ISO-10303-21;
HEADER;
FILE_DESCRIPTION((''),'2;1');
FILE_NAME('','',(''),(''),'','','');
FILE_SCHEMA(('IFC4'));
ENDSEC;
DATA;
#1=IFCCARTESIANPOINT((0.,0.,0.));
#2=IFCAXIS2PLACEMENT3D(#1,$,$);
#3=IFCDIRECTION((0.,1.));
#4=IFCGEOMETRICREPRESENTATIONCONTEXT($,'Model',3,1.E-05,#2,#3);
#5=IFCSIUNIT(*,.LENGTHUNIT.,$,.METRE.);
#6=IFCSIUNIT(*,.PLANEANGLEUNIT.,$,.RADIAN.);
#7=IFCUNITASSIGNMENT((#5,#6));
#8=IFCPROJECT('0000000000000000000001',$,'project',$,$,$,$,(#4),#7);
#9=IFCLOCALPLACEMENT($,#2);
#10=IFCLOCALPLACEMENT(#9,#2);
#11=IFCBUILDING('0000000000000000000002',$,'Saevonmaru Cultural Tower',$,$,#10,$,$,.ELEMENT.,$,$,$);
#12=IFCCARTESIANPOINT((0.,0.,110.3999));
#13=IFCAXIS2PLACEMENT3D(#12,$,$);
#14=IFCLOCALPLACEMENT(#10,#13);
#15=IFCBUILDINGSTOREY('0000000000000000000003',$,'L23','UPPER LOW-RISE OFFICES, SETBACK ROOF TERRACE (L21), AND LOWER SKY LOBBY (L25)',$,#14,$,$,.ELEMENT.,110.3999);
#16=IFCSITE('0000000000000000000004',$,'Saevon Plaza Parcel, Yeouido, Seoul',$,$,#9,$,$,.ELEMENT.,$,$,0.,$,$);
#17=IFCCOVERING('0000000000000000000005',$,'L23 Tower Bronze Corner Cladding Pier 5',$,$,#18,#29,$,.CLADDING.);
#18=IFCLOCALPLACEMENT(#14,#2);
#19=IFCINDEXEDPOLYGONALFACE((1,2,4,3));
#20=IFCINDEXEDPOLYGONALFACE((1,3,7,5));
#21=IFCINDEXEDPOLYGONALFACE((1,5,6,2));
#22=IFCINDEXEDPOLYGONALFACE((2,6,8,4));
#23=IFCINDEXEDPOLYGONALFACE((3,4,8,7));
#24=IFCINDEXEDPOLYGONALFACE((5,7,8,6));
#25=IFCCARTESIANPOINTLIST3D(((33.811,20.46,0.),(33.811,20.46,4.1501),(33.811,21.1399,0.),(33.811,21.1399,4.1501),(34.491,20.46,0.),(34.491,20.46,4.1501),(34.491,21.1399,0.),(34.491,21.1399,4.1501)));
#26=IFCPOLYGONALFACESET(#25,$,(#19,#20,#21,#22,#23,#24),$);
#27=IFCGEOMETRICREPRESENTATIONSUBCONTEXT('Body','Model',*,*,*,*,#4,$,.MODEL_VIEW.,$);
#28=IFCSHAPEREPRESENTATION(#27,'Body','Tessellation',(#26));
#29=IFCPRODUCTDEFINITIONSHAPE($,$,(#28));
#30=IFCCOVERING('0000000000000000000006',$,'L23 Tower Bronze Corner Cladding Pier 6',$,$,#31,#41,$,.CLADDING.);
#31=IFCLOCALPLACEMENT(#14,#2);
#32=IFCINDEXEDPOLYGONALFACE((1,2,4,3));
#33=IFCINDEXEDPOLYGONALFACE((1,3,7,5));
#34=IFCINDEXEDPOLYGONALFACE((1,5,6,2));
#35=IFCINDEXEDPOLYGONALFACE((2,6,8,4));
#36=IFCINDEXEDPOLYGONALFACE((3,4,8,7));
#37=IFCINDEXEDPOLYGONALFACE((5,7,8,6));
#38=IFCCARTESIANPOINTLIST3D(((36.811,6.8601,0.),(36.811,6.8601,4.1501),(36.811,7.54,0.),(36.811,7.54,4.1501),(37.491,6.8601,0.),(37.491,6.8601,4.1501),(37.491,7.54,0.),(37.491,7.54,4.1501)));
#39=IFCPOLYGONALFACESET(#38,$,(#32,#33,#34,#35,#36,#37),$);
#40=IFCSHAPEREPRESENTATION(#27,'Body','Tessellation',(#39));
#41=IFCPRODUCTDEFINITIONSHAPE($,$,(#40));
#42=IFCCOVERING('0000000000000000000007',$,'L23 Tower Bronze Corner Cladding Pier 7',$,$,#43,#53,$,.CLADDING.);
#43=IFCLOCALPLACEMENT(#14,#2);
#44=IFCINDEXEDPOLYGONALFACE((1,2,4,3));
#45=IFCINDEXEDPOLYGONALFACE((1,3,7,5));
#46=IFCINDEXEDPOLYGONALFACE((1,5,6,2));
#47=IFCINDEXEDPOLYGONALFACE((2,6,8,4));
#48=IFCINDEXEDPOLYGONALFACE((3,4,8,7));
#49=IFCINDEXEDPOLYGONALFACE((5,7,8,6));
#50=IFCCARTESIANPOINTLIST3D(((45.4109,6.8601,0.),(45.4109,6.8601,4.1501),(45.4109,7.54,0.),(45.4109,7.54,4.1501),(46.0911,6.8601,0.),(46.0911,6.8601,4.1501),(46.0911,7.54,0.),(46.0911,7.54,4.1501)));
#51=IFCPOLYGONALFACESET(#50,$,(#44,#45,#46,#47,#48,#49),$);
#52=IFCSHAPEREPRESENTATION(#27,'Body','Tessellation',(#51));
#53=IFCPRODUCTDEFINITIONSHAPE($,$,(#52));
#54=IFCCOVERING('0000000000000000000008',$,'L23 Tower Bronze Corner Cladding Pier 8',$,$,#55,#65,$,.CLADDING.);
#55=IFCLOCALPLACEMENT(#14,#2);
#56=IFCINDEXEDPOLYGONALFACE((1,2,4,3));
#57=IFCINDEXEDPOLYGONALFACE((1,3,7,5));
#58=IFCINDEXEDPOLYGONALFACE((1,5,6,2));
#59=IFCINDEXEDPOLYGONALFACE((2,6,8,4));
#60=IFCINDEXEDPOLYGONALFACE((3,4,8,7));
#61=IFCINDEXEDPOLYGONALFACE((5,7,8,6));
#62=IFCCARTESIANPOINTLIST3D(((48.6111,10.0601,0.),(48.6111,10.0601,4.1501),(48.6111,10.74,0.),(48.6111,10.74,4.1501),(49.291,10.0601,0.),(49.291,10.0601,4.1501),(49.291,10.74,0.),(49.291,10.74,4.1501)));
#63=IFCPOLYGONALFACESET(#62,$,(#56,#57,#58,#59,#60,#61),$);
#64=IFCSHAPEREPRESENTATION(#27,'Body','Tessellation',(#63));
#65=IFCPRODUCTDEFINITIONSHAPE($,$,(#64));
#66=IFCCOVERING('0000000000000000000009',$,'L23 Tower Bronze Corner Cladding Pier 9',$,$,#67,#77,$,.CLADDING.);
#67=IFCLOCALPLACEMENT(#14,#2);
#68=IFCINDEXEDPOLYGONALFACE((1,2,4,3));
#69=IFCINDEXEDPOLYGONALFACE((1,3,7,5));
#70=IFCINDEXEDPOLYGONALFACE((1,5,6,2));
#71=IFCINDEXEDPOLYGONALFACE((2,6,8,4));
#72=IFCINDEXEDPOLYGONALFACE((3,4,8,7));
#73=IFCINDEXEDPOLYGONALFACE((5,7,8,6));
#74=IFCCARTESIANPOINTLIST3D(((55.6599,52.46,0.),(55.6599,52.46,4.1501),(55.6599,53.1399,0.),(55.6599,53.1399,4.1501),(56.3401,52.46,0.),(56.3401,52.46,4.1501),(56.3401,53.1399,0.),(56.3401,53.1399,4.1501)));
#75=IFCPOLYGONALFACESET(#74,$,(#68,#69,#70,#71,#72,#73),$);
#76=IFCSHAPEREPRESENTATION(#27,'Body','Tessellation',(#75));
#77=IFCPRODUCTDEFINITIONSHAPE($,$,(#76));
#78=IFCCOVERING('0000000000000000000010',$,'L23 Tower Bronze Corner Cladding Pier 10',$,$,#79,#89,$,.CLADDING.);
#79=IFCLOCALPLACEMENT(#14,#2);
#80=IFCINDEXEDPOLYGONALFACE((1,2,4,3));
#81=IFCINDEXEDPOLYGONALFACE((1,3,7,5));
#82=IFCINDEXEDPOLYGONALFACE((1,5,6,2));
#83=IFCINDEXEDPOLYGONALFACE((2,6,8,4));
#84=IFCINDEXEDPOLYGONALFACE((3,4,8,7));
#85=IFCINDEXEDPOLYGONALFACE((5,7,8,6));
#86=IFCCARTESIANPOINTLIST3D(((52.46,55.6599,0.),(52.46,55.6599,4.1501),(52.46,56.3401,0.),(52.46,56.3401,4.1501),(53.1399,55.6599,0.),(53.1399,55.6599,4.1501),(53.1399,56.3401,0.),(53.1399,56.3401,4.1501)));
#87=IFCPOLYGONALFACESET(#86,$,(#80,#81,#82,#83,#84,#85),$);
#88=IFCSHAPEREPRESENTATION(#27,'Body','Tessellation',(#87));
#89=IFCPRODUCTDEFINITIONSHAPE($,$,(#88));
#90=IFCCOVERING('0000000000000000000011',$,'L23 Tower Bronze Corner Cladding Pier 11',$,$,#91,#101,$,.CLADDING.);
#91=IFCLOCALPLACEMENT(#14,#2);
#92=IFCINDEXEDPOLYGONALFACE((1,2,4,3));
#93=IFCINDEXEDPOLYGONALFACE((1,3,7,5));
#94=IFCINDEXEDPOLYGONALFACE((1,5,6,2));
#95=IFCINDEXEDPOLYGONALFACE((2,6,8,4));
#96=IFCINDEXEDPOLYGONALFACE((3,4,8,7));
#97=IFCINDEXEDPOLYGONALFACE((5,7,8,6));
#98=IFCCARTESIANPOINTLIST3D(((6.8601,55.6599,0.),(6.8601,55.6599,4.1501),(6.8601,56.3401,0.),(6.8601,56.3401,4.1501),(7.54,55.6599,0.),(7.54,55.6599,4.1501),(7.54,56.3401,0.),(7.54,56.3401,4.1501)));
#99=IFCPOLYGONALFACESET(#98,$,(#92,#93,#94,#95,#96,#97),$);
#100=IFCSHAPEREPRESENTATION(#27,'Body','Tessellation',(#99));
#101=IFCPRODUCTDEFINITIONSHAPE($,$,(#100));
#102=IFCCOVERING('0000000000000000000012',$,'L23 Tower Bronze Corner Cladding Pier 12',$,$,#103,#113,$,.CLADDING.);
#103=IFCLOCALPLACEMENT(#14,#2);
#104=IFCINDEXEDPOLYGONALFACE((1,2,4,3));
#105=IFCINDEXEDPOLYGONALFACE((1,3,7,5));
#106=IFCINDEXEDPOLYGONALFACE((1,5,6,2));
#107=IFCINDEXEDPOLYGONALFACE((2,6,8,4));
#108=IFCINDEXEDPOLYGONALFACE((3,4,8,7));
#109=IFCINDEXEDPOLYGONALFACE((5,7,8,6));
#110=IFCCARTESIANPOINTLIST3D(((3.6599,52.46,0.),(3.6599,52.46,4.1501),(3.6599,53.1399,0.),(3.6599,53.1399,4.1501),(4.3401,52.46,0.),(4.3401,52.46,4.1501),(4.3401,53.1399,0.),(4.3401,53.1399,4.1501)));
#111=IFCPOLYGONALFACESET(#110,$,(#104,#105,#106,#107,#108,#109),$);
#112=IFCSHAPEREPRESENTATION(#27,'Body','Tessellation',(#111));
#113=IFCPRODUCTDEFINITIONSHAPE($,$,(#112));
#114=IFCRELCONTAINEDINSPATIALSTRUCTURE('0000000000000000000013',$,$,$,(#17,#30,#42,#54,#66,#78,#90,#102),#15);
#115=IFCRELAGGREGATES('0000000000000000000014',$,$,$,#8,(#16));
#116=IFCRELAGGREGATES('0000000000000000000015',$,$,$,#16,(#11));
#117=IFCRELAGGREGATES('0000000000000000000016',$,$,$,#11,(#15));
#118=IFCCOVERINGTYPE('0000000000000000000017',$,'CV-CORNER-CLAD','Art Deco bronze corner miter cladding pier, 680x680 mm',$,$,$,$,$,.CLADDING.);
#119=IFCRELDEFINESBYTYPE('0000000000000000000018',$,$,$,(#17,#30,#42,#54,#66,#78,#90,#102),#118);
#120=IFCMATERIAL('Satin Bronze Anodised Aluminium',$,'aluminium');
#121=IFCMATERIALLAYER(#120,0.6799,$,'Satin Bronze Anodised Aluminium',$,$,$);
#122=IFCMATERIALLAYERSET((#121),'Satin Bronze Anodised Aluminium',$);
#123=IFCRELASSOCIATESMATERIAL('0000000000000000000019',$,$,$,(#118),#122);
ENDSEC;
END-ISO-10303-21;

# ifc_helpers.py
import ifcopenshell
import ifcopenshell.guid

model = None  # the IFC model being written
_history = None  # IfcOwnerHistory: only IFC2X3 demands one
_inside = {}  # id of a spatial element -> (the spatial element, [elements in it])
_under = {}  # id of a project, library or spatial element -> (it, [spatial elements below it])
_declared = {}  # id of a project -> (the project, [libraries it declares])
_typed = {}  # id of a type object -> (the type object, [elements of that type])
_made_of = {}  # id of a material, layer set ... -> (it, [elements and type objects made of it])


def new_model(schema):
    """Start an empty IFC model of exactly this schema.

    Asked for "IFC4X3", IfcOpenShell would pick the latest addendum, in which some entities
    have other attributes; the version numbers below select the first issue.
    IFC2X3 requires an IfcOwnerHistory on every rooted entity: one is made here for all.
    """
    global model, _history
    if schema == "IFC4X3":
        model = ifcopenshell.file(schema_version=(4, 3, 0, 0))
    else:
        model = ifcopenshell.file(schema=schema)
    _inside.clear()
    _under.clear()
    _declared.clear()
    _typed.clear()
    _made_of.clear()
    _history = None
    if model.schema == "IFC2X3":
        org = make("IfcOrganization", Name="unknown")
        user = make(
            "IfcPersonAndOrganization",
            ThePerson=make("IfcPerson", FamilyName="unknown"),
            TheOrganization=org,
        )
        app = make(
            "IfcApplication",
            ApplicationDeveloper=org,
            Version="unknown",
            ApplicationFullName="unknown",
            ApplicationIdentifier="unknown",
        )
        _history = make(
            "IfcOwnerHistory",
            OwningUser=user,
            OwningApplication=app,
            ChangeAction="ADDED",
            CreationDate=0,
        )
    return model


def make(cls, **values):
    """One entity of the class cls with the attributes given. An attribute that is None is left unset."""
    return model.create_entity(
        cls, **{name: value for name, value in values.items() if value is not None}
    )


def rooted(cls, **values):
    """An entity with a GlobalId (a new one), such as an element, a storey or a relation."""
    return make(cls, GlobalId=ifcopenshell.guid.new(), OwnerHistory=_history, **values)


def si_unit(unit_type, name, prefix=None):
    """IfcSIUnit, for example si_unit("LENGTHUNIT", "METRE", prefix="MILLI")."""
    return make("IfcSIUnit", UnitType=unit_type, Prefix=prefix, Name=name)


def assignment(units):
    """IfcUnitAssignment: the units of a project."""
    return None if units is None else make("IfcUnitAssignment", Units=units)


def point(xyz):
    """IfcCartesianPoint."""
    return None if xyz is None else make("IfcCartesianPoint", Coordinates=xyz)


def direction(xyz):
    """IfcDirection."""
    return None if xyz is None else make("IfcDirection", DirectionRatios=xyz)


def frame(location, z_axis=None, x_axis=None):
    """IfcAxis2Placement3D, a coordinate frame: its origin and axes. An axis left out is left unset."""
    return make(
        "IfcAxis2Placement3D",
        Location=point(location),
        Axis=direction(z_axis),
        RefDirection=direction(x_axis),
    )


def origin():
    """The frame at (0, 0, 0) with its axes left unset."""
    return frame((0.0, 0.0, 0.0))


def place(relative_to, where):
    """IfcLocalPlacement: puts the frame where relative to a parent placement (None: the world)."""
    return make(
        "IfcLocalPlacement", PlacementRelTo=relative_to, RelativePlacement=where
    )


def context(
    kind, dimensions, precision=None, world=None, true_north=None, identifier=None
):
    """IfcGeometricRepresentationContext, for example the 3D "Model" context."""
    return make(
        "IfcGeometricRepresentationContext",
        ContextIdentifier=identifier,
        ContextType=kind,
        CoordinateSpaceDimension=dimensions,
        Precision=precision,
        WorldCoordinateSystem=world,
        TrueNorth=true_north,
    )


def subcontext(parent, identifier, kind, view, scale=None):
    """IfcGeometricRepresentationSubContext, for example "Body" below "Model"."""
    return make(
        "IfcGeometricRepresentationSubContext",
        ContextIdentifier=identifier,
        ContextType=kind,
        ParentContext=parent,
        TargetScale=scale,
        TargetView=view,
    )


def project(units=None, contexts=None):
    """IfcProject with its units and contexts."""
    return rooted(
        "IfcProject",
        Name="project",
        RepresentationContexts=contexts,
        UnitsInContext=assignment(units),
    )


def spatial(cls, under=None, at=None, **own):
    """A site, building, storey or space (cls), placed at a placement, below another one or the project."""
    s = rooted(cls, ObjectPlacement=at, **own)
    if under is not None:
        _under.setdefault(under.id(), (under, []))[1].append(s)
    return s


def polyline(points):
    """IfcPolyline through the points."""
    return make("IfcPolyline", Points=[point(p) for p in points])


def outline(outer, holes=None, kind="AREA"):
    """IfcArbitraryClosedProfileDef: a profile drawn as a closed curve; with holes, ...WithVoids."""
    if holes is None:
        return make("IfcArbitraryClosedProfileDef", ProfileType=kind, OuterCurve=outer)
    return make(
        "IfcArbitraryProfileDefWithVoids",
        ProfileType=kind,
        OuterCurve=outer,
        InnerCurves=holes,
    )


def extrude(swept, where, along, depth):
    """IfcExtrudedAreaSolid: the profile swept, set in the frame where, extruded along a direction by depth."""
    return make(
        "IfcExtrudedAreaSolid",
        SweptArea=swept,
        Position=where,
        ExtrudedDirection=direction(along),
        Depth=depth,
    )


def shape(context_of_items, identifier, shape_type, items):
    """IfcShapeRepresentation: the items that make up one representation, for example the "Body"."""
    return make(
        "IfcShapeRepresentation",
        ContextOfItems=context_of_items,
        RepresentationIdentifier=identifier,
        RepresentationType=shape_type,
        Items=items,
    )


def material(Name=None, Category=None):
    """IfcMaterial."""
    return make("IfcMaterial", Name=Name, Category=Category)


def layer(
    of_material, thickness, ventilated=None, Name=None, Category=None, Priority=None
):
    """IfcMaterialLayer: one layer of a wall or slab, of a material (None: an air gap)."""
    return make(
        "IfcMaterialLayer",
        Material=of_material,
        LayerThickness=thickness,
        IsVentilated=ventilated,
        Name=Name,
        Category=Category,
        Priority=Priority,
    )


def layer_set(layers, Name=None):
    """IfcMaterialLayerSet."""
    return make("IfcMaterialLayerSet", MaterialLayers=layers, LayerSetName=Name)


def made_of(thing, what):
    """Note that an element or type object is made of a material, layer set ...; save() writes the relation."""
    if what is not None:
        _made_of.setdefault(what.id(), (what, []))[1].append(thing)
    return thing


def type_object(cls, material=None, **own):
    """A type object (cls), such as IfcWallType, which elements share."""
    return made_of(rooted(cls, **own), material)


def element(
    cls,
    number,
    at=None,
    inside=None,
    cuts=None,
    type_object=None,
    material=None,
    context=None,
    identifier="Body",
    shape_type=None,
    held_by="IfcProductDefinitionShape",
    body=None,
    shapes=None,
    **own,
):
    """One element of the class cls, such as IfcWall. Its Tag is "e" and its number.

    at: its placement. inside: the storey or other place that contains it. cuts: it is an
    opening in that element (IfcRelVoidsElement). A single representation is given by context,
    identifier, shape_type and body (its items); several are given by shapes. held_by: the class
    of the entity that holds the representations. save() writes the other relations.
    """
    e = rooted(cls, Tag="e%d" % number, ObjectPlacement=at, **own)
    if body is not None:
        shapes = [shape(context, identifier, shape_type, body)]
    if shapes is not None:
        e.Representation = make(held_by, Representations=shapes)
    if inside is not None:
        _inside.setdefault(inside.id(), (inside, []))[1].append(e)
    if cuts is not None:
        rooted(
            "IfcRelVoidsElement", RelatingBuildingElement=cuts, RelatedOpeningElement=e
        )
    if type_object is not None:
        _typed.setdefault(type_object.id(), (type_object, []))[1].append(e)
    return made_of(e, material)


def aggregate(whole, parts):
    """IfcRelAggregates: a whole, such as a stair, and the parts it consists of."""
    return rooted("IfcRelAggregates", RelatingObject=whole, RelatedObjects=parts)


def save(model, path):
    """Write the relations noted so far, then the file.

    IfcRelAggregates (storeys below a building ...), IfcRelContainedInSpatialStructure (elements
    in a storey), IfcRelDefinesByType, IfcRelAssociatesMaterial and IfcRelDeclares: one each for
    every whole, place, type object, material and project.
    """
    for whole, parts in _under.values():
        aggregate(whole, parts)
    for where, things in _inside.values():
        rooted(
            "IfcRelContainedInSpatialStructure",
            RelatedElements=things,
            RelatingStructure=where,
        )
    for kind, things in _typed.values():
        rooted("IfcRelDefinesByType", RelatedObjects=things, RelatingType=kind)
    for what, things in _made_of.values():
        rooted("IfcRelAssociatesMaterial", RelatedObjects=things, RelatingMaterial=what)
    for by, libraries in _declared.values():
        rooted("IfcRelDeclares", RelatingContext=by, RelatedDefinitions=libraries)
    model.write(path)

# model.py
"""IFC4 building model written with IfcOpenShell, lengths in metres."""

from ifc_helpers import new_model, si_unit, direction, frame, origin, place, context, subcontext, project, spatial, polyline, outline, extrude, material, layer, layer_set, type_object, element, save


model = new_model("IFC4")

# Units and contexts
model_context = context("Model", 3, precision=1e-05, world=origin(), true_north=direction((0.0, 1.0)))
body_context = subcontext(model_context, "Body", "Model", "MODEL_VIEW")
ifc_project = project(units=[si_unit("LENGTHUNIT", "METRE"), si_unit("PLANEANGLEUNIT", "RADIAN")], contexts=[model_context])

# Site, building, storey
site_placement = place(None, origin())
site = spatial("IfcSite", under=ifc_project, at=site_placement, Name="Saevon Plaza Parcel, Yeouido, Seoul", CompositionType="ELEMENT", RefElevation=0.0)
building_placement = place(site_placement, origin())
building = spatial("IfcBuilding", under=site, at=building_placement, Name="Saevonmaru Cultural Tower", CompositionType="ELEMENT")
storey_placement = place(building_placement, frame((0.0, 0.0, 110.3999)))
storey = spatial("IfcBuildingStorey", under=building, at=storey_placement, Name="L23", Description="UPPER LOW-RISE OFFICES, SETBACK ROOF TERRACE (L21), AND LOWER SKY LOBBY (L25)", CompositionType="ELEMENT", Elevation=110.3999)

# Shared definitions
ifc_material_1 = material(Name="Satin Bronze Anodised Aluminium", Category="aluminium")

# Coverings
ifc_layer_1 = layer(ifc_material_1, 0.6799, Name="Satin Bronze Anodised Aluminium")
ifc_layer_set_1 = layer_set([ifc_layer_1], Name="Satin Bronze Anodised Aluminium")
covering_type = type_object("IfcCoveringType", Name="CV-CORNER-CLAD", Description="Art Deco bronze corner miter cladding pier, 680x680 mm", PredefinedType="CLADDING", material=ifc_layer_set_1)
covering_1_placement = place(storey_placement, origin())
element("IfcCovering", 1, at=covering_1_placement, inside=storey, type_object=covering_type, Name="L23 Tower Bronze Corner Cladding Pier 5", PredefinedType="CLADDING", context=body_context, shape_type="SweptSolid", body=[
    extrude(outline(polyline([(33.811, 20.46), (34.491, 20.46), (34.491, 21.1399), (33.811, 21.1399), (33.811, 20.46)])), origin(), (0.0, 0.0, 1.0), 4.1501),
])
covering_2_placement = place(storey_placement, origin())
element("IfcCovering", 2, at=covering_2_placement, inside=storey, type_object=covering_type, Name="L23 Tower Bronze Corner Cladding Pier 6", PredefinedType="CLADDING", context=body_context, shape_type="SweptSolid", body=[
    extrude(outline(polyline([(36.811, 6.8601), (37.491, 6.8601), (37.491, 7.54), (36.811, 7.54), (36.811, 6.8601)])), origin(), (0.0, 0.0, 1.0), 4.1501),
])
covering_3_placement = place(storey_placement, origin())
element("IfcCovering", 3, at=covering_3_placement, inside=storey, type_object=covering_type, Name="L23 Tower Bronze Corner Cladding Pier 7", PredefinedType="CLADDING", context=body_context, shape_type="SweptSolid", body=[
    extrude(outline(polyline([(45.4109, 6.8601), (46.0911, 6.8601), (46.0911, 7.54), (45.4109, 7.54), (45.4109, 6.8601)])), origin(), (0.0, 0.0, 1.0), 4.1501),
])
covering_4_placement = place(storey_placement, origin())
element("IfcCovering", 4, at=covering_4_placement, inside=storey, type_object=covering_type, Name="L23 Tower Bronze Corner Cladding Pier 8", PredefinedType="CLADDING", context=body_context, shape_type="SweptSolid", body=[
    extrude(outline(polyline([(48.6111, 10.0601), (49.291, 10.0601), (49.291, 10.74), (48.6111, 10.74), (48.6111, 10.0601)])), origin(), (0.0, 0.0, 1.0), 4.1501),
])
covering_5_placement = place(storey_placement, origin())
element("IfcCovering", 5, at=covering_5_placement, inside=storey, type_object=covering_type, Name="L23 Tower Bronze Corner Cladding Pier 9", PredefinedType="CLADDING", context=body_context, shape_type="SweptSolid", body=[
    extrude(outline(polyline([(55.6599, 52.46), (56.3401, 52.46), (56.3401, 53.1399), (55.6599, 53.1399), (55.6599, 52.46)])), origin(), (0.0, 0.0, 1.0), 4.1501),
])
covering_6_placement = place(storey_placement, origin())
element("IfcCovering", 6, at=covering_6_placement, inside=storey, type_object=covering_type, Name="L23 Tower Bronze Corner Cladding Pier 10", PredefinedType="CLADDING", context=body_context, shape_type="SweptSolid", body=[
    extrude(outline(polyline([(52.46, 55.6599), (53.1399, 55.6599), (53.1399, 56.3401), (52.46, 56.3401), (52.46, 55.6599)])), origin(), (0.0, 0.0, 1.0), 4.1501),
])
covering_7_placement = place(storey_placement, origin())
element("IfcCovering", 7, at=covering_7_placement, inside=storey, type_object=covering_type, Name="L23 Tower Bronze Corner Cladding Pier 11", PredefinedType="CLADDING", context=body_context, shape_type="SweptSolid", body=[
    extrude(outline(polyline([(6.8601, 55.6599), (7.54, 55.6599), (7.54, 56.3401), (6.8601, 56.3401), (6.8601, 55.6599)])), origin(), (0.0, 0.0, 1.0), 4.1501),
])
covering_8_placement = place(storey_placement, origin())
element("IfcCovering", 8, at=covering_8_placement, inside=storey, type_object=covering_type, Name="L23 Tower Bronze Corner Cladding Pier 12", PredefinedType="CLADDING", context=body_context, shape_type="SweptSolid", body=[
    extrude(outline(polyline([(3.6599, 52.46), (4.3401, 52.46), (4.3401, 53.1399), (3.6599, 53.1399), (3.6599, 52.46)])), origin(), (0.0, 0.0, 1.0), 4.1501),
])

save(model, "model.ifc")
